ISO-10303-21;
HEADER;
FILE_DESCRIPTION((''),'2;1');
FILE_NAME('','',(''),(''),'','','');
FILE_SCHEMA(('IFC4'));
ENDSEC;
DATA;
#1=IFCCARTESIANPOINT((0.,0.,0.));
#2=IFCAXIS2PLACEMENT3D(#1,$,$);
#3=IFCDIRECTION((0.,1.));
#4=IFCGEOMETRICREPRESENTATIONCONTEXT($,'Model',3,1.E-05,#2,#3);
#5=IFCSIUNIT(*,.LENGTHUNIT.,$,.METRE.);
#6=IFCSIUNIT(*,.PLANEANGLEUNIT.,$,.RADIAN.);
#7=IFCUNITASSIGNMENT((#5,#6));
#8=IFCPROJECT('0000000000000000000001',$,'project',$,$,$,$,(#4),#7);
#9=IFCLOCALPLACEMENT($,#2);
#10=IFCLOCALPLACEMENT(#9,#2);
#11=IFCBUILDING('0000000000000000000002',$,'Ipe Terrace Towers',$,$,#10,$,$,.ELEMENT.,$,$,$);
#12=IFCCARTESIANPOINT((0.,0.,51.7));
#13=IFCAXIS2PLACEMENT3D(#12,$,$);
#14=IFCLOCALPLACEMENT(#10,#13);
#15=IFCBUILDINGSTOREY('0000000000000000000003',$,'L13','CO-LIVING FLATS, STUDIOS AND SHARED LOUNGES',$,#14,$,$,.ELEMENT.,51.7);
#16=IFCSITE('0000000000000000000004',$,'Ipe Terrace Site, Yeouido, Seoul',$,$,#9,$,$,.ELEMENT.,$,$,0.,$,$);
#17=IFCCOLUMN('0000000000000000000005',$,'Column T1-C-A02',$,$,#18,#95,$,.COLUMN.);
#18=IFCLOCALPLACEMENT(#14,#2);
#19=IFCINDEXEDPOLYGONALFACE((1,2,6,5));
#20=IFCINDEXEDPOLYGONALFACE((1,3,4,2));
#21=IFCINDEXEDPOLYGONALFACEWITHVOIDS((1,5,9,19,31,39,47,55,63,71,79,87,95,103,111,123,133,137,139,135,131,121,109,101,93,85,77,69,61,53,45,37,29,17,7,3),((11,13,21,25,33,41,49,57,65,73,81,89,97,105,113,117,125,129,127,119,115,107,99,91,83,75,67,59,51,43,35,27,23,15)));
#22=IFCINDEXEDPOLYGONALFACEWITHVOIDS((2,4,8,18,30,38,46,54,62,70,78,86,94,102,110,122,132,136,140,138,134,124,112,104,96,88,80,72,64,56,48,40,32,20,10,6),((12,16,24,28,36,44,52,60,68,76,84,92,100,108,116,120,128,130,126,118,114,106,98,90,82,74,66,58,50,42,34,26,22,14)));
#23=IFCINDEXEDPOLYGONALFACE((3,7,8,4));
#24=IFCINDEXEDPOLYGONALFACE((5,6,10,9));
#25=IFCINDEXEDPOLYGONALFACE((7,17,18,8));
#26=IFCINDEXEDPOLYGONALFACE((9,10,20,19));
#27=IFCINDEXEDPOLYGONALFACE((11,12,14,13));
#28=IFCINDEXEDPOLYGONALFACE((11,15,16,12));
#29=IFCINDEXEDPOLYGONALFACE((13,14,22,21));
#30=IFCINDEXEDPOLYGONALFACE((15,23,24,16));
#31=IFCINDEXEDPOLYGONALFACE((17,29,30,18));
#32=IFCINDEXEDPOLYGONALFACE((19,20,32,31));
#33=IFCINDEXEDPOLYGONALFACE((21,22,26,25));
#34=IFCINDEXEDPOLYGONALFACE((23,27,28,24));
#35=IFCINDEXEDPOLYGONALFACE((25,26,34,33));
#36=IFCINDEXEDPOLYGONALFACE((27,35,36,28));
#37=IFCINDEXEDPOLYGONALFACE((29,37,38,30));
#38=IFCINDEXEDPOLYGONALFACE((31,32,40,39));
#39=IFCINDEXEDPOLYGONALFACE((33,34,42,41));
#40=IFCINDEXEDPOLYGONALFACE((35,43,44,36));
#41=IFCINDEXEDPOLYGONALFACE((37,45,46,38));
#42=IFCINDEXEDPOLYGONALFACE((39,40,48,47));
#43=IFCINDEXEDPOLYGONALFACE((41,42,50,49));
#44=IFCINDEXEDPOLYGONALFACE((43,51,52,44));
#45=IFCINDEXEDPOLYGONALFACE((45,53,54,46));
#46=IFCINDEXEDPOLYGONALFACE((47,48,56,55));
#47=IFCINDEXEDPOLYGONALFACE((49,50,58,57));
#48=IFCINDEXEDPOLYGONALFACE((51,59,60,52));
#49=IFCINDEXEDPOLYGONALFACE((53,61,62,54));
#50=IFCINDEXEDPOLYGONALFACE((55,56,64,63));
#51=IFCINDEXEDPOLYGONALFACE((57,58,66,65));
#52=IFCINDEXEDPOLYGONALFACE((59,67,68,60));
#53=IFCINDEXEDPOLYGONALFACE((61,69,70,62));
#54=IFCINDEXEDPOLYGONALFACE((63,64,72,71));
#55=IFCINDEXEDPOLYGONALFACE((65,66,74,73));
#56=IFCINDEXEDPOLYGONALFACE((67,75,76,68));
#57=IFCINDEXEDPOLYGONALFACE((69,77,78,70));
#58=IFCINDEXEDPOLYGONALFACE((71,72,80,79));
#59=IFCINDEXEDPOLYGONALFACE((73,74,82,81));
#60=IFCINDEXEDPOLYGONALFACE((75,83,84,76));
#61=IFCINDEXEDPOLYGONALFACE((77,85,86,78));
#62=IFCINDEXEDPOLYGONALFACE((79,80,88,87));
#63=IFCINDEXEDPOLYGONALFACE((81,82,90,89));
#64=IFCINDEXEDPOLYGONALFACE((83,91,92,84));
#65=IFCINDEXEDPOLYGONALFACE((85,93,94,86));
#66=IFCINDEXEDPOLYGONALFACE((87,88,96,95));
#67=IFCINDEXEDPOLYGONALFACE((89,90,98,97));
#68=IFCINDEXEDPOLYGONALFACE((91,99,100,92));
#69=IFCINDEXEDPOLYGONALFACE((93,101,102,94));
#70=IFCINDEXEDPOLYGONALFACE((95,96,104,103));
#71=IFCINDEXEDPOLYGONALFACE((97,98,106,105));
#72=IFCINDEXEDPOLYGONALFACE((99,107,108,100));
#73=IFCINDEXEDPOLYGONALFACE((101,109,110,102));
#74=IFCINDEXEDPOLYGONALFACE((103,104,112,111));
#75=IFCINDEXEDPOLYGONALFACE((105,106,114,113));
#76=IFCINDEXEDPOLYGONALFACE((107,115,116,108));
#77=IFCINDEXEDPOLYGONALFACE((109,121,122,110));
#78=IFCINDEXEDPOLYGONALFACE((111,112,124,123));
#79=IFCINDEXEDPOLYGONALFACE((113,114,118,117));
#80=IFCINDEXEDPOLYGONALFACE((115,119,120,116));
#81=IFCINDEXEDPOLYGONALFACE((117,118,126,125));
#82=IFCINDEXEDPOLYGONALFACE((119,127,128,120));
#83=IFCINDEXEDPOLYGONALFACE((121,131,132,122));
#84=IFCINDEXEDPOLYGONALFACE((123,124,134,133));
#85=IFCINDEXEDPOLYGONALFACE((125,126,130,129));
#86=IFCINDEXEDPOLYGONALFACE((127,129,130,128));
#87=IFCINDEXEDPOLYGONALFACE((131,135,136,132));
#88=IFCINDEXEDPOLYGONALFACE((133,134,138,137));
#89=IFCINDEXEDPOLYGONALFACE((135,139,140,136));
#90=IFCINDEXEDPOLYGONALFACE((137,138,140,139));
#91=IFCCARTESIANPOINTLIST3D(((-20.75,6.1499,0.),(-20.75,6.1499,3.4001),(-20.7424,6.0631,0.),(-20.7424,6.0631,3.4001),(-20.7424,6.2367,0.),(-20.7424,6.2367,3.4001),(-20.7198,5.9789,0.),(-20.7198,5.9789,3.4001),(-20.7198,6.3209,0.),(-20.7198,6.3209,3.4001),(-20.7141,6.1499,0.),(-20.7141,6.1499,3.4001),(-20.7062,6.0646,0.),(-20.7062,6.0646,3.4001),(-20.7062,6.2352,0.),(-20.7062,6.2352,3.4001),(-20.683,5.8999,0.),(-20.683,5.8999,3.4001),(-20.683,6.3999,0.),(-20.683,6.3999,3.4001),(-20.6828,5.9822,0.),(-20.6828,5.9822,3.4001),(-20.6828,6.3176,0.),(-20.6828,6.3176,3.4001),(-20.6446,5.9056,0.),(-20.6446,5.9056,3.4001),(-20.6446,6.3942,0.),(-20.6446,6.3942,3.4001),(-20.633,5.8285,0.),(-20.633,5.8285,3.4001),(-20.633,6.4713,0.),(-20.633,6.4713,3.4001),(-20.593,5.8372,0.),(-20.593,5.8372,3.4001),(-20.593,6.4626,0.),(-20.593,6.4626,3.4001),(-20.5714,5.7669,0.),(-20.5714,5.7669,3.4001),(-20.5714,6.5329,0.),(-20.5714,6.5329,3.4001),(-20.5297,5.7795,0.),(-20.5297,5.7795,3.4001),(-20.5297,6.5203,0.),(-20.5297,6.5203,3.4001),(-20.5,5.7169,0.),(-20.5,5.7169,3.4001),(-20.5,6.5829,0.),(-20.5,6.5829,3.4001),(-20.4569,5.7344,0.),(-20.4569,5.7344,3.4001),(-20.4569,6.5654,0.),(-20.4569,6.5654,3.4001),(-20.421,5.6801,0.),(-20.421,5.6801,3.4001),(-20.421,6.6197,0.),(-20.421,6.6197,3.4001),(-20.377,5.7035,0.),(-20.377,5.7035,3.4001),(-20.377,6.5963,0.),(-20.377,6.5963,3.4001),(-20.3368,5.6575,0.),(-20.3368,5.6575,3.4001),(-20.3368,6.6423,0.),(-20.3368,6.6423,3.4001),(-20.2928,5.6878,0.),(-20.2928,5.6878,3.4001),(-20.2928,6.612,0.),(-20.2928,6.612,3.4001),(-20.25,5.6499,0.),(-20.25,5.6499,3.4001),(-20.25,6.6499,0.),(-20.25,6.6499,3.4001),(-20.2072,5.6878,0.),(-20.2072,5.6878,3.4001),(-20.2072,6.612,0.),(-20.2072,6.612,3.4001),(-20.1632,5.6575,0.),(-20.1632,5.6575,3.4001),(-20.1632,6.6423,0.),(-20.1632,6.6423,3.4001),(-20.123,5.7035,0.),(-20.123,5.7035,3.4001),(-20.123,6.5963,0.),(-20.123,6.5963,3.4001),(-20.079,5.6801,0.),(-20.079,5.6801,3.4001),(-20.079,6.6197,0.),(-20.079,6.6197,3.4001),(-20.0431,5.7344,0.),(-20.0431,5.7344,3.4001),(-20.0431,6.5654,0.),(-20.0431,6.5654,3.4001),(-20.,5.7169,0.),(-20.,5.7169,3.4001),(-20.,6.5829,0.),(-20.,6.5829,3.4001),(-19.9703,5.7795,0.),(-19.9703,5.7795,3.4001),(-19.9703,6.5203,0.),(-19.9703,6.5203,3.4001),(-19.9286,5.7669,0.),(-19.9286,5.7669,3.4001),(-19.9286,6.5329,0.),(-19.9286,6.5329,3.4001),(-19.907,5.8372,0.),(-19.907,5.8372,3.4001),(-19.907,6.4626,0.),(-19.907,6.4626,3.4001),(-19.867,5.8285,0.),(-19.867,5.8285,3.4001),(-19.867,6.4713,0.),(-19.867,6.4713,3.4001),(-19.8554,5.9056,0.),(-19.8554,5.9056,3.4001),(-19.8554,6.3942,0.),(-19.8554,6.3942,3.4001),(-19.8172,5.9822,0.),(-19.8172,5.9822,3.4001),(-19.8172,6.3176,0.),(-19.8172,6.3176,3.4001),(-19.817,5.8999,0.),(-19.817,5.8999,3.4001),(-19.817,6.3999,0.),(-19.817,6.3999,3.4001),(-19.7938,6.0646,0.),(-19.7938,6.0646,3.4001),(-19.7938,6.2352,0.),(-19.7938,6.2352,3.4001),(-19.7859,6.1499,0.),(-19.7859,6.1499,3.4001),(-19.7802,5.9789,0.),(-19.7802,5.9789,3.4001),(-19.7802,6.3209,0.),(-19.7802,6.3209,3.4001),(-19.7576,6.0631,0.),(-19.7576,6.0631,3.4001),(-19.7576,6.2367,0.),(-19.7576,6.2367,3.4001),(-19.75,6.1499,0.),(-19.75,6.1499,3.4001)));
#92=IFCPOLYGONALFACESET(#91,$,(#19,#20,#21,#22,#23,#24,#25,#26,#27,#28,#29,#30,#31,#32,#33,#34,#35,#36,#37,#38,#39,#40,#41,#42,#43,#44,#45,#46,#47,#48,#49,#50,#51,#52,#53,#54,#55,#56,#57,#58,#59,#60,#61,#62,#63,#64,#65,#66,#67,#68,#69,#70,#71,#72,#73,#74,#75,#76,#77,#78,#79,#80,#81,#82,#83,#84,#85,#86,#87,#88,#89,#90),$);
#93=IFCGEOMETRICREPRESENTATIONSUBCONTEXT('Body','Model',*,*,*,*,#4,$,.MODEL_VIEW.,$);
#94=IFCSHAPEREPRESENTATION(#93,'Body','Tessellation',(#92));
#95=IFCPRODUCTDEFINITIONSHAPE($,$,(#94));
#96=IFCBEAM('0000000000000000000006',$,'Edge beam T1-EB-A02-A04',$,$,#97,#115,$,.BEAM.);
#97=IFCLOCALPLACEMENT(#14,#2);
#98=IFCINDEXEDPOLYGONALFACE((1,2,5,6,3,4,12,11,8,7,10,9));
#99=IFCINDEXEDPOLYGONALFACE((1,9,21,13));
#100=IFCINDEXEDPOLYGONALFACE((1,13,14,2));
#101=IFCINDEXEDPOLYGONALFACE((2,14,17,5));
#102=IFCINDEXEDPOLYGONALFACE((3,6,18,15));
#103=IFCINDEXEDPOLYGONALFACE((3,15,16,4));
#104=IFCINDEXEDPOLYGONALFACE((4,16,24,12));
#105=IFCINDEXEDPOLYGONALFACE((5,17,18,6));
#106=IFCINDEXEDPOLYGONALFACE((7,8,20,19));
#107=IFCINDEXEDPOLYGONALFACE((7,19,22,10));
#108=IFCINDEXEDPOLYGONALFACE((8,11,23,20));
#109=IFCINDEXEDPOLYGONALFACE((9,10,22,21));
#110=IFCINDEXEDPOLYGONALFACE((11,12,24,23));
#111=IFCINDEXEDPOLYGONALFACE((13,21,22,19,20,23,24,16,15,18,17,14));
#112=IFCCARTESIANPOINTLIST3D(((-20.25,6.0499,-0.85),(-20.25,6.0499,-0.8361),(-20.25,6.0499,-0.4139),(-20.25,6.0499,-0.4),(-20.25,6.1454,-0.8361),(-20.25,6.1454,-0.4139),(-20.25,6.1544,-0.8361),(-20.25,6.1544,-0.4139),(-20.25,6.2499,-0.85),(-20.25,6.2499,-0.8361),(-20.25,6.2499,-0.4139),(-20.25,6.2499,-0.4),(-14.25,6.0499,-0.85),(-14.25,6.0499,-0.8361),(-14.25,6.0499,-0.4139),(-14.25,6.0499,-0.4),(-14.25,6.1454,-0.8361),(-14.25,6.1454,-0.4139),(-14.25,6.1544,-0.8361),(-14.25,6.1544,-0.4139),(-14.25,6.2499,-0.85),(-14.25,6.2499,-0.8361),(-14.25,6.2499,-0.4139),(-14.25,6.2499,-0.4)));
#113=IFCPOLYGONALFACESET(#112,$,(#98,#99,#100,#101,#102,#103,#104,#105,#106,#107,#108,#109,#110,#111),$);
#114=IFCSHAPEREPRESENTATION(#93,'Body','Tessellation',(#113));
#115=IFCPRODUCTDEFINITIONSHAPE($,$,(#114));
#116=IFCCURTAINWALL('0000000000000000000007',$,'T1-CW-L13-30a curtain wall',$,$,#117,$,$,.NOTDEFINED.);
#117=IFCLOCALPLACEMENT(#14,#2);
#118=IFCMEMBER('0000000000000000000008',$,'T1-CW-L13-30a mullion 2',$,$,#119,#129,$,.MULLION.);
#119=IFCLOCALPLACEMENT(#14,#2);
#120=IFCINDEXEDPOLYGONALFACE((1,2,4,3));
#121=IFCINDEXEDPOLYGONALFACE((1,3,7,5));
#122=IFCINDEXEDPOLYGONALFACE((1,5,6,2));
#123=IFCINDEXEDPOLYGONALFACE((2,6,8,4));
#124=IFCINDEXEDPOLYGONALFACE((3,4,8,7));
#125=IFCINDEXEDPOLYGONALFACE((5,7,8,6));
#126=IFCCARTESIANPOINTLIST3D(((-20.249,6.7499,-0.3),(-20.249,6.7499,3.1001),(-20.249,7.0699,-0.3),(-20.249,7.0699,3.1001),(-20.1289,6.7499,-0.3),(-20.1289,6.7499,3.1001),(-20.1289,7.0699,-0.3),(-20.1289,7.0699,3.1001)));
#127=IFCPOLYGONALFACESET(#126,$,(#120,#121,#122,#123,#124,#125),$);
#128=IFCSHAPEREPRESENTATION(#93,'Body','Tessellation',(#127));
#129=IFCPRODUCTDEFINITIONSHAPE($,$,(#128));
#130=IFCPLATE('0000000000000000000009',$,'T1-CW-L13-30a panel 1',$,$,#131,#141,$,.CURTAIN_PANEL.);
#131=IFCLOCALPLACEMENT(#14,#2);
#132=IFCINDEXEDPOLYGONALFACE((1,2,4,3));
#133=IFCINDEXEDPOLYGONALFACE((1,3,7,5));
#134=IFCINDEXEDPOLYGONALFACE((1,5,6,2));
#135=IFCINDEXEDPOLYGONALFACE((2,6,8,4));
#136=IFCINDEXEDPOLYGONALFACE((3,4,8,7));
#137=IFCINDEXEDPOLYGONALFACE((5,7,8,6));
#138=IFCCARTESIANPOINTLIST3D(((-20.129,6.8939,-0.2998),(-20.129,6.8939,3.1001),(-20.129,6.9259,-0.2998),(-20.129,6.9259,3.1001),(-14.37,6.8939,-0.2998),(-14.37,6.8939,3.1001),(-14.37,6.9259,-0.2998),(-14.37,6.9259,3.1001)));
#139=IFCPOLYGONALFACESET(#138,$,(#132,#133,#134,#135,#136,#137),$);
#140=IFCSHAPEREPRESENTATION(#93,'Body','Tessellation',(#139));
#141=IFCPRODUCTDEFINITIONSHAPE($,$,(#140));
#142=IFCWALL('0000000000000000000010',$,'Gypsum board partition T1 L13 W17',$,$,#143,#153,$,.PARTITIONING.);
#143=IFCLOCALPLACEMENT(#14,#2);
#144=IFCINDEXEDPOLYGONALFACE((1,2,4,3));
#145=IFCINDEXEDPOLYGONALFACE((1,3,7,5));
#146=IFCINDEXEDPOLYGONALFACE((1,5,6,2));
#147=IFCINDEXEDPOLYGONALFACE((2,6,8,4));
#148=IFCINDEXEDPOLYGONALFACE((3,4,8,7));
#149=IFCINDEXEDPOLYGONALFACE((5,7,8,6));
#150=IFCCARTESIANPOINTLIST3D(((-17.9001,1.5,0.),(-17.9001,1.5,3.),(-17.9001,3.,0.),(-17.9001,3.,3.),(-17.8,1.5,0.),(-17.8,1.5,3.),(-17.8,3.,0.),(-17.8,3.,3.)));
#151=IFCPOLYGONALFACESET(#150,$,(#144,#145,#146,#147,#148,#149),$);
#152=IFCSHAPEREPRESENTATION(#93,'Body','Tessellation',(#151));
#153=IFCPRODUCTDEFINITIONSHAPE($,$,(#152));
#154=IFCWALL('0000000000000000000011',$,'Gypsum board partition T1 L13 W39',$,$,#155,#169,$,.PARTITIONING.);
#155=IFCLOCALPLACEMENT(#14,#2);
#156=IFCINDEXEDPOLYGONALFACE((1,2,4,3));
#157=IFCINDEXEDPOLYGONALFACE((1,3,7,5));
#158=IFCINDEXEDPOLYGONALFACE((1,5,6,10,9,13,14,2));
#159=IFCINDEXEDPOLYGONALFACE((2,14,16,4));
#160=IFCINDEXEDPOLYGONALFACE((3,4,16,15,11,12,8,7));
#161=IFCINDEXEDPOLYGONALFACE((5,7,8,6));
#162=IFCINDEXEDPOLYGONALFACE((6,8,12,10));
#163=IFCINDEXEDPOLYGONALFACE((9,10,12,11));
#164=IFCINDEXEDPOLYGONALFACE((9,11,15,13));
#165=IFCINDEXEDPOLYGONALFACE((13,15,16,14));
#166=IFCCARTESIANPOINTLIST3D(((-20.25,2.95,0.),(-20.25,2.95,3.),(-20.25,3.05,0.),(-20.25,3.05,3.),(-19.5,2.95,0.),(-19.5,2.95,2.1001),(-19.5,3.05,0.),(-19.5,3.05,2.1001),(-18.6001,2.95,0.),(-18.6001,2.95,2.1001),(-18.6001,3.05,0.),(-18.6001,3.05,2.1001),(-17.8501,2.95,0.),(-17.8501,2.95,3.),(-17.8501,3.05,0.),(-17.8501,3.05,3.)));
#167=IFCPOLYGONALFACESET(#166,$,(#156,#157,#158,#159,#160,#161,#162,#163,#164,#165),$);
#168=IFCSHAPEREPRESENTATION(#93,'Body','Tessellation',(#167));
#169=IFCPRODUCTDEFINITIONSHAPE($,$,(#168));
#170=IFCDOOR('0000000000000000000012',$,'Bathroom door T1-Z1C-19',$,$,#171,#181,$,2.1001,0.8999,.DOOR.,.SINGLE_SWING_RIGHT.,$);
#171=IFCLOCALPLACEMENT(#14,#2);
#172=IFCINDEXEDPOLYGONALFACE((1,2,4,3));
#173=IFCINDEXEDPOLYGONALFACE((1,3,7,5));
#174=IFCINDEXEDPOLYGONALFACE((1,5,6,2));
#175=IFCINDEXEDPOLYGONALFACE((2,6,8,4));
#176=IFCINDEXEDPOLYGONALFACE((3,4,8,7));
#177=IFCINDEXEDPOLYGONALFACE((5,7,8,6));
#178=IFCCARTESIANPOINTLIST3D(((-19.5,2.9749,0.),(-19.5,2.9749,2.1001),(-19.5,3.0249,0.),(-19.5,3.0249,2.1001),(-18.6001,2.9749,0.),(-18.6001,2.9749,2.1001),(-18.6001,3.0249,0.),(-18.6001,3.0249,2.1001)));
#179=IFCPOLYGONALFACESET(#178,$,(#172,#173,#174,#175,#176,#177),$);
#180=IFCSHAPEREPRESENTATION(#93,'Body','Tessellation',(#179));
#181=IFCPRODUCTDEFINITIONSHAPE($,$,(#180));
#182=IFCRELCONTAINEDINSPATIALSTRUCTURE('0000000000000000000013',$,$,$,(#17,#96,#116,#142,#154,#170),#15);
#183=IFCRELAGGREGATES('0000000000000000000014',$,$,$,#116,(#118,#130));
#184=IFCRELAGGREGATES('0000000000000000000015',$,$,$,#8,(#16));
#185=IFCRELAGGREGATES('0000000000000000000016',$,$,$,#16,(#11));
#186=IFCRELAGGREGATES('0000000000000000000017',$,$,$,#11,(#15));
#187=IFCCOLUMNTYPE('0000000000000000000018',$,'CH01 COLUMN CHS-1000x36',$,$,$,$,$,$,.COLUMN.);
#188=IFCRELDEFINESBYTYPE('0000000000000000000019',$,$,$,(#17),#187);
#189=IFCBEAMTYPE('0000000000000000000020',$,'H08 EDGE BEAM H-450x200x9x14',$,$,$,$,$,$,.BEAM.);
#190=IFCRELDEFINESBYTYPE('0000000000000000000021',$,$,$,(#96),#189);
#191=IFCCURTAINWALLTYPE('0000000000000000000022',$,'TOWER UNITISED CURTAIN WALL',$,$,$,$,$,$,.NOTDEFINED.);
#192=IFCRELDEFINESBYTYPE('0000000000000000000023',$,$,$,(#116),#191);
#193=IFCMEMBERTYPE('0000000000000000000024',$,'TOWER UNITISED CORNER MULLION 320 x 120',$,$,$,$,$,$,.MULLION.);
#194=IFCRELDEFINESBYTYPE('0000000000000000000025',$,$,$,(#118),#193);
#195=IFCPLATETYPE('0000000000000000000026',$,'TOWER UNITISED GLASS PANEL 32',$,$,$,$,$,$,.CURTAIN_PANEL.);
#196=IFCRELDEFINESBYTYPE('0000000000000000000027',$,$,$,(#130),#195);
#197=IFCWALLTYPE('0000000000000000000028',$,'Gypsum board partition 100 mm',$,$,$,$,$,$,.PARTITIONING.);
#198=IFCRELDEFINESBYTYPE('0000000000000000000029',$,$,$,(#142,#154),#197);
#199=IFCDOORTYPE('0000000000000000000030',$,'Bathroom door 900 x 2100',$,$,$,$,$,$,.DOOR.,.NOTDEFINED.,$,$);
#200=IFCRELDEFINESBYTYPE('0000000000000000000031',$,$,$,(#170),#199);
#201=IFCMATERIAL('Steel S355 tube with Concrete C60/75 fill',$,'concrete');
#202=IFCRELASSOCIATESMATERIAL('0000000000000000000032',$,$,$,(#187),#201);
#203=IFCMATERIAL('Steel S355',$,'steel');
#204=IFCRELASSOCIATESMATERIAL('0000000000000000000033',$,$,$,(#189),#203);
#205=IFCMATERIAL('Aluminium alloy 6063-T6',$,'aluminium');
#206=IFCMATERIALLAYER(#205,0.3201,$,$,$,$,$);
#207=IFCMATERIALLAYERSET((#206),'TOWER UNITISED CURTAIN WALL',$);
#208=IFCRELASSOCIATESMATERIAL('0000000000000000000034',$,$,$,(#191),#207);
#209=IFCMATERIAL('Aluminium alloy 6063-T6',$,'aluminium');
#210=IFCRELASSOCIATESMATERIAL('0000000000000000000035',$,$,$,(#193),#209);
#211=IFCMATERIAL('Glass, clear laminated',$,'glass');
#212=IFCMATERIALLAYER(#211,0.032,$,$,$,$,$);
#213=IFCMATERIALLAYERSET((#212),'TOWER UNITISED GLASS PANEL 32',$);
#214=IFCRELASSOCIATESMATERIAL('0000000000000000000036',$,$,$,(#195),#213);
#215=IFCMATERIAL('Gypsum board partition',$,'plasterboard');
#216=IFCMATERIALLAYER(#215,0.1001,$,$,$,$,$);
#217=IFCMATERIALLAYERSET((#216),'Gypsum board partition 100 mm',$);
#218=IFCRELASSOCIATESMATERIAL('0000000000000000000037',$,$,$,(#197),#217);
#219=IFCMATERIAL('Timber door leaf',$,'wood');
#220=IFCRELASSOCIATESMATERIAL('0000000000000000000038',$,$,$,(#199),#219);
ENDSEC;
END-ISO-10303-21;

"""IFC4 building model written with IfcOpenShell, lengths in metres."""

from ifc_helpers import new_model, si_unit, direction, frame, frame_2d, origin, origin_2d, place, context, subcontext, project, spatial, rectangle, hollow_circle, i_section, extrude, material, layer, layer_set, material_profile, profile_set, type_object, element, fill, aggregate, save


model = new_model("IFC4")

# Units and contexts
model_context = context("Model", 3, precision=1e-05, world=origin(), true_north=direction((0.0, 1.0)))
body_context = subcontext(model_context, "Body", "Model", "MODEL_VIEW")
ifc_project = project(units=[si_unit("LENGTHUNIT", "METRE"), si_unit("PLANEANGLEUNIT", "RADIAN")], contexts=[model_context])

# Site, building, storey
site_placement = place(None, origin())
site = spatial("IfcSite", under=ifc_project, at=site_placement, Name="Ipe Terrace Site, Yeouido, Seoul", CompositionType="ELEMENT", RefElevation=0.0)
building_placement = place(site_placement, origin())
building = spatial("IfcBuilding", under=site, at=building_placement, Name="Ipe Terrace Towers", CompositionType="ELEMENT")
storey_placement = place(building_placement, frame((0.0, 0.0, 51.7)))
storey = spatial("IfcBuildingStorey", under=building, at=storey_placement, Name="L13", Description="CO-LIVING FLATS, STUDIOS AND SHARED LOUNGES", CompositionType="ELEMENT", Elevation=51.7)

# Column
ifc_material_1 = material(Name="Steel S355 tube with Concrete C60/75 fill", Category="concrete")
ifc_material_profile_1 = material_profile(ifc_material_1, hollow_circle(Radius=0.5, WallThickness=0.0359, at=origin_2d()), Name="CHS-1000x36")
ifc_profile_set_1 = profile_set([ifc_material_profile_1], Name="Steel S355 tube with Concrete C60/75 fill")
column_type = type_object("IfcColumnType", Name="CH01 COLUMN CHS-1000x36", PredefinedType="COLUMN", material=ifc_profile_set_1)
column_placement = place(storey_placement, frame((-20.25, 6.1499, 0.0), z_axis=(0.0, 0.0, 1.0), x_axis=(1.0, 0.0, 0.0)))
element("IfcColumn", 1, at=column_placement, inside=storey, type_object=column_type, Name="Column T1-C-A02", PredefinedType="COLUMN", context=body_context, shape_type="SweptSolid", body=[
    extrude(hollow_circle(Radius=0.5, WallThickness=0.0359, at=origin_2d()), origin(), (0.0, 0.0, 1.0), 3.4001),
])

# Beam
ifc_material_2 = material(Name="Steel S355", Category="steel")
ifc_material_profile_2 = material_profile(ifc_material_2, i_section(OverallWidth=0.2, OverallDepth=0.45, WebThickness=0.009, FlangeThickness=0.0139, at=origin_2d()), Name="H-450x200x9x14")
ifc_profile_set_2 = profile_set([ifc_material_profile_2], Name="Steel S355")
beam_type = type_object("IfcBeamType", Name="H08 EDGE BEAM H-450x200x9x14", PredefinedType="BEAM", material=ifc_profile_set_2)
beam_placement = place(storey_placement, frame((-20.25, 6.1499, -0.625), z_axis=(1.0, 0.0, 0.0), x_axis=(0.0, 1.0, 0.0)))
element("IfcBeam", 2, at=beam_placement, inside=storey, type_object=beam_type, Name="Edge beam T1-EB-A02-A04", PredefinedType="BEAM", context=body_context, shape_type="SweptSolid", body=[
    extrude(i_section(OverallWidth=0.2, OverallDepth=0.45, WebThickness=0.009, FlangeThickness=0.0139, at=origin_2d()), origin(), (0.0, 0.0, 1.0), 6.0),
])

# Curtain wall, member, plate
ifc_material_3 = material(Name="Aluminium alloy 6063-T6", Category="aluminium")
ifc_layer_1 = layer(ifc_material_3, 0.3201)
ifc_layer_set_1 = layer_set([ifc_layer_1], Name="TOWER UNITISED CURTAIN WALL")
curtain_wall_type = type_object("IfcCurtainWallType", Name="TOWER UNITISED CURTAIN WALL", PredefinedType="NOTDEFINED", material=ifc_layer_set_1)
curtain_wall_placement = place(storey_placement, origin())
curtain_wall = element("IfcCurtainWall", 3, at=curtain_wall_placement, inside=storey, type_object=curtain_wall_type, Name="T1-CW-L13-30a curtain wall", PredefinedType="NOTDEFINED")
ifc_material_4 = material(Name="Aluminium alloy 6063-T6", Category="aluminium")
ifc_material_profile_3 = material_profile(ifc_material_4, rectangle(XDim=0.3201, YDim=0.1201, at=origin_2d()), Name="TOWER UNITISED CORNER MULLION 320 x 120")
ifc_profile_set_3 = profile_set([ifc_material_profile_3], Name="Aluminium alloy 6063-T6")
member_type = type_object("IfcMemberType", Name="TOWER UNITISED CORNER MULLION 320 x 120", PredefinedType="MULLION", material=ifc_profile_set_3)
member_placement = place(storey_placement, frame((-20.189, 6.9099, -0.3), z_axis=(0.0, 0.0, 1.0), x_axis=(0.0, 1.0, 0.0)))
member = element("IfcMember", 4, at=member_placement, type_object=member_type, Name="T1-CW-L13-30a mullion 2", PredefinedType="MULLION", context=body_context, shape_type="SweptSolid", body=[
    extrude(rectangle(XDim=0.3201, YDim=0.1201, at=origin_2d()), origin(), (0.0, 0.0, 1.0), 3.4001),
])
ifc_material_5 = material(Name="Glass, clear laminated", Category="glass")
ifc_layer_2 = layer(ifc_material_5, 0.032)
ifc_layer_set_2 = layer_set([ifc_layer_2], Name="TOWER UNITISED GLASS PANEL 32")
plate_type = type_object("IfcPlateType", Name="TOWER UNITISED GLASS PANEL 32", PredefinedType="CURTAIN_PANEL", material=ifc_layer_set_2)
plate_placement = place(storey_placement, frame((-17.2495, 6.9099, -0.2998), z_axis=(0.0, 0.0, 1.0), x_axis=(-1.0, 0.0, 0.0)))
plate = element("IfcPlate", 5, at=plate_placement, type_object=plate_type, Name="T1-CW-L13-30a panel 1", PredefinedType="CURTAIN_PANEL", context=body_context, shape_type="SweptSolid", body=[
    extrude(rectangle(XDim=5.759, YDim=0.032, at=origin_2d()), origin(), (0.0, 0.0, 1.0), 3.3999),
])
aggregate(curtain_wall, [member, plate])

# Wall
ifc_material_6 = material(Name="Gypsum board partition", Category="plasterboard")
ifc_layer_3 = layer(ifc_material_6, 0.1001)
ifc_layer_set_3 = layer_set([ifc_layer_3], Name="Gypsum board partition 100 mm")
wall_type_1 = type_object("IfcWallType", Name="Gypsum board partition 100 mm", PredefinedType="PARTITIONING", material=ifc_layer_set_3)
wall_1_placement = place(storey_placement, frame((-17.8501, 1.5, 0.0), z_axis=(0.0, 0.0, 1.0), x_axis=(0.0, 1.0, 0.0)))
element("IfcWall", 6, at=wall_1_placement, inside=storey, type_object=wall_type_1, Name="Gypsum board partition T1 L13 W17", PredefinedType="PARTITIONING", context=body_context, shape_type="SweptSolid", body=[
    extrude(rectangle(XDim=1.5, YDim=0.1001, at=frame_2d((0.75, 0.0))), origin(), (0.0, 0.0, 1.0), 3.0),
])

# Wall, opening, door
wall_2_placement = place(storey_placement, frame((-20.25, 3.0, 0.0), z_axis=(0.0, 0.0, 1.0), x_axis=(1.0, 0.0, 0.0)))
wall_2 = element("IfcWall", 7, at=wall_2_placement, inside=storey, type_object=wall_type_1, Name="Gypsum board partition T1 L13 W39", PredefinedType="PARTITIONING", context=body_context, shape_type="SweptSolid", body=[
    extrude(rectangle(XDim=2.3999, YDim=0.1001, at=frame_2d((1.2, 0.0))), origin(), (0.0, 0.0, 1.0), 3.0),
])
opening_1_placement = place(wall_2_placement, frame((0.75, 0.0, 0.0)))
opening_1 = element("IfcOpeningElement", 8, at=opening_1_placement, cuts=wall_2, PredefinedType="OPENING", context=body_context, shape_type="SweptSolid", body=[
    extrude(rectangle(XDim=0.8999, YDim=2.1001, at=frame_2d((0.45, 1.05))), frame((0.0, 0.0601, 0.0), z_axis=(0.0, -1.0, 0.0), x_axis=(1.0, 0.0, 0.0)), (0.0, 0.0, 1.0), 0.1201),
])
ifc_material_7 = material(Name="Timber door leaf", Category="wood")
door_type_1 = type_object("IfcDoorType", Name="Bathroom door 900 x 2100", OperationType="NOTDEFINED", PredefinedType="DOOR", material=ifc_material_7)
door_1_placement = place(opening_1_placement, origin())
door_1 = element("IfcDoor", 9, at=door_1_placement, inside=storey, type_object=door_type_1, Name="Bathroom door T1-Z1C-19", OperationType="SINGLE_SWING_RIGHT", OverallHeight=2.1001, OverallWidth=0.8999, PredefinedType="DOOR", context=body_context, shape_type="SweptSolid", body=[
    extrude(rectangle(XDim=0.8999, YDim=2.1001, at=frame_2d((0.45, 1.05))), frame((0.0, 0.0249, 0.0), z_axis=(0.0, -1.0, 0.0), x_axis=(1.0, 0.0, 0.0)), (0.0, 0.0, 1.0), 0.05),
])
fill(opening_1, door_1)

save(model, "model.ifc")
